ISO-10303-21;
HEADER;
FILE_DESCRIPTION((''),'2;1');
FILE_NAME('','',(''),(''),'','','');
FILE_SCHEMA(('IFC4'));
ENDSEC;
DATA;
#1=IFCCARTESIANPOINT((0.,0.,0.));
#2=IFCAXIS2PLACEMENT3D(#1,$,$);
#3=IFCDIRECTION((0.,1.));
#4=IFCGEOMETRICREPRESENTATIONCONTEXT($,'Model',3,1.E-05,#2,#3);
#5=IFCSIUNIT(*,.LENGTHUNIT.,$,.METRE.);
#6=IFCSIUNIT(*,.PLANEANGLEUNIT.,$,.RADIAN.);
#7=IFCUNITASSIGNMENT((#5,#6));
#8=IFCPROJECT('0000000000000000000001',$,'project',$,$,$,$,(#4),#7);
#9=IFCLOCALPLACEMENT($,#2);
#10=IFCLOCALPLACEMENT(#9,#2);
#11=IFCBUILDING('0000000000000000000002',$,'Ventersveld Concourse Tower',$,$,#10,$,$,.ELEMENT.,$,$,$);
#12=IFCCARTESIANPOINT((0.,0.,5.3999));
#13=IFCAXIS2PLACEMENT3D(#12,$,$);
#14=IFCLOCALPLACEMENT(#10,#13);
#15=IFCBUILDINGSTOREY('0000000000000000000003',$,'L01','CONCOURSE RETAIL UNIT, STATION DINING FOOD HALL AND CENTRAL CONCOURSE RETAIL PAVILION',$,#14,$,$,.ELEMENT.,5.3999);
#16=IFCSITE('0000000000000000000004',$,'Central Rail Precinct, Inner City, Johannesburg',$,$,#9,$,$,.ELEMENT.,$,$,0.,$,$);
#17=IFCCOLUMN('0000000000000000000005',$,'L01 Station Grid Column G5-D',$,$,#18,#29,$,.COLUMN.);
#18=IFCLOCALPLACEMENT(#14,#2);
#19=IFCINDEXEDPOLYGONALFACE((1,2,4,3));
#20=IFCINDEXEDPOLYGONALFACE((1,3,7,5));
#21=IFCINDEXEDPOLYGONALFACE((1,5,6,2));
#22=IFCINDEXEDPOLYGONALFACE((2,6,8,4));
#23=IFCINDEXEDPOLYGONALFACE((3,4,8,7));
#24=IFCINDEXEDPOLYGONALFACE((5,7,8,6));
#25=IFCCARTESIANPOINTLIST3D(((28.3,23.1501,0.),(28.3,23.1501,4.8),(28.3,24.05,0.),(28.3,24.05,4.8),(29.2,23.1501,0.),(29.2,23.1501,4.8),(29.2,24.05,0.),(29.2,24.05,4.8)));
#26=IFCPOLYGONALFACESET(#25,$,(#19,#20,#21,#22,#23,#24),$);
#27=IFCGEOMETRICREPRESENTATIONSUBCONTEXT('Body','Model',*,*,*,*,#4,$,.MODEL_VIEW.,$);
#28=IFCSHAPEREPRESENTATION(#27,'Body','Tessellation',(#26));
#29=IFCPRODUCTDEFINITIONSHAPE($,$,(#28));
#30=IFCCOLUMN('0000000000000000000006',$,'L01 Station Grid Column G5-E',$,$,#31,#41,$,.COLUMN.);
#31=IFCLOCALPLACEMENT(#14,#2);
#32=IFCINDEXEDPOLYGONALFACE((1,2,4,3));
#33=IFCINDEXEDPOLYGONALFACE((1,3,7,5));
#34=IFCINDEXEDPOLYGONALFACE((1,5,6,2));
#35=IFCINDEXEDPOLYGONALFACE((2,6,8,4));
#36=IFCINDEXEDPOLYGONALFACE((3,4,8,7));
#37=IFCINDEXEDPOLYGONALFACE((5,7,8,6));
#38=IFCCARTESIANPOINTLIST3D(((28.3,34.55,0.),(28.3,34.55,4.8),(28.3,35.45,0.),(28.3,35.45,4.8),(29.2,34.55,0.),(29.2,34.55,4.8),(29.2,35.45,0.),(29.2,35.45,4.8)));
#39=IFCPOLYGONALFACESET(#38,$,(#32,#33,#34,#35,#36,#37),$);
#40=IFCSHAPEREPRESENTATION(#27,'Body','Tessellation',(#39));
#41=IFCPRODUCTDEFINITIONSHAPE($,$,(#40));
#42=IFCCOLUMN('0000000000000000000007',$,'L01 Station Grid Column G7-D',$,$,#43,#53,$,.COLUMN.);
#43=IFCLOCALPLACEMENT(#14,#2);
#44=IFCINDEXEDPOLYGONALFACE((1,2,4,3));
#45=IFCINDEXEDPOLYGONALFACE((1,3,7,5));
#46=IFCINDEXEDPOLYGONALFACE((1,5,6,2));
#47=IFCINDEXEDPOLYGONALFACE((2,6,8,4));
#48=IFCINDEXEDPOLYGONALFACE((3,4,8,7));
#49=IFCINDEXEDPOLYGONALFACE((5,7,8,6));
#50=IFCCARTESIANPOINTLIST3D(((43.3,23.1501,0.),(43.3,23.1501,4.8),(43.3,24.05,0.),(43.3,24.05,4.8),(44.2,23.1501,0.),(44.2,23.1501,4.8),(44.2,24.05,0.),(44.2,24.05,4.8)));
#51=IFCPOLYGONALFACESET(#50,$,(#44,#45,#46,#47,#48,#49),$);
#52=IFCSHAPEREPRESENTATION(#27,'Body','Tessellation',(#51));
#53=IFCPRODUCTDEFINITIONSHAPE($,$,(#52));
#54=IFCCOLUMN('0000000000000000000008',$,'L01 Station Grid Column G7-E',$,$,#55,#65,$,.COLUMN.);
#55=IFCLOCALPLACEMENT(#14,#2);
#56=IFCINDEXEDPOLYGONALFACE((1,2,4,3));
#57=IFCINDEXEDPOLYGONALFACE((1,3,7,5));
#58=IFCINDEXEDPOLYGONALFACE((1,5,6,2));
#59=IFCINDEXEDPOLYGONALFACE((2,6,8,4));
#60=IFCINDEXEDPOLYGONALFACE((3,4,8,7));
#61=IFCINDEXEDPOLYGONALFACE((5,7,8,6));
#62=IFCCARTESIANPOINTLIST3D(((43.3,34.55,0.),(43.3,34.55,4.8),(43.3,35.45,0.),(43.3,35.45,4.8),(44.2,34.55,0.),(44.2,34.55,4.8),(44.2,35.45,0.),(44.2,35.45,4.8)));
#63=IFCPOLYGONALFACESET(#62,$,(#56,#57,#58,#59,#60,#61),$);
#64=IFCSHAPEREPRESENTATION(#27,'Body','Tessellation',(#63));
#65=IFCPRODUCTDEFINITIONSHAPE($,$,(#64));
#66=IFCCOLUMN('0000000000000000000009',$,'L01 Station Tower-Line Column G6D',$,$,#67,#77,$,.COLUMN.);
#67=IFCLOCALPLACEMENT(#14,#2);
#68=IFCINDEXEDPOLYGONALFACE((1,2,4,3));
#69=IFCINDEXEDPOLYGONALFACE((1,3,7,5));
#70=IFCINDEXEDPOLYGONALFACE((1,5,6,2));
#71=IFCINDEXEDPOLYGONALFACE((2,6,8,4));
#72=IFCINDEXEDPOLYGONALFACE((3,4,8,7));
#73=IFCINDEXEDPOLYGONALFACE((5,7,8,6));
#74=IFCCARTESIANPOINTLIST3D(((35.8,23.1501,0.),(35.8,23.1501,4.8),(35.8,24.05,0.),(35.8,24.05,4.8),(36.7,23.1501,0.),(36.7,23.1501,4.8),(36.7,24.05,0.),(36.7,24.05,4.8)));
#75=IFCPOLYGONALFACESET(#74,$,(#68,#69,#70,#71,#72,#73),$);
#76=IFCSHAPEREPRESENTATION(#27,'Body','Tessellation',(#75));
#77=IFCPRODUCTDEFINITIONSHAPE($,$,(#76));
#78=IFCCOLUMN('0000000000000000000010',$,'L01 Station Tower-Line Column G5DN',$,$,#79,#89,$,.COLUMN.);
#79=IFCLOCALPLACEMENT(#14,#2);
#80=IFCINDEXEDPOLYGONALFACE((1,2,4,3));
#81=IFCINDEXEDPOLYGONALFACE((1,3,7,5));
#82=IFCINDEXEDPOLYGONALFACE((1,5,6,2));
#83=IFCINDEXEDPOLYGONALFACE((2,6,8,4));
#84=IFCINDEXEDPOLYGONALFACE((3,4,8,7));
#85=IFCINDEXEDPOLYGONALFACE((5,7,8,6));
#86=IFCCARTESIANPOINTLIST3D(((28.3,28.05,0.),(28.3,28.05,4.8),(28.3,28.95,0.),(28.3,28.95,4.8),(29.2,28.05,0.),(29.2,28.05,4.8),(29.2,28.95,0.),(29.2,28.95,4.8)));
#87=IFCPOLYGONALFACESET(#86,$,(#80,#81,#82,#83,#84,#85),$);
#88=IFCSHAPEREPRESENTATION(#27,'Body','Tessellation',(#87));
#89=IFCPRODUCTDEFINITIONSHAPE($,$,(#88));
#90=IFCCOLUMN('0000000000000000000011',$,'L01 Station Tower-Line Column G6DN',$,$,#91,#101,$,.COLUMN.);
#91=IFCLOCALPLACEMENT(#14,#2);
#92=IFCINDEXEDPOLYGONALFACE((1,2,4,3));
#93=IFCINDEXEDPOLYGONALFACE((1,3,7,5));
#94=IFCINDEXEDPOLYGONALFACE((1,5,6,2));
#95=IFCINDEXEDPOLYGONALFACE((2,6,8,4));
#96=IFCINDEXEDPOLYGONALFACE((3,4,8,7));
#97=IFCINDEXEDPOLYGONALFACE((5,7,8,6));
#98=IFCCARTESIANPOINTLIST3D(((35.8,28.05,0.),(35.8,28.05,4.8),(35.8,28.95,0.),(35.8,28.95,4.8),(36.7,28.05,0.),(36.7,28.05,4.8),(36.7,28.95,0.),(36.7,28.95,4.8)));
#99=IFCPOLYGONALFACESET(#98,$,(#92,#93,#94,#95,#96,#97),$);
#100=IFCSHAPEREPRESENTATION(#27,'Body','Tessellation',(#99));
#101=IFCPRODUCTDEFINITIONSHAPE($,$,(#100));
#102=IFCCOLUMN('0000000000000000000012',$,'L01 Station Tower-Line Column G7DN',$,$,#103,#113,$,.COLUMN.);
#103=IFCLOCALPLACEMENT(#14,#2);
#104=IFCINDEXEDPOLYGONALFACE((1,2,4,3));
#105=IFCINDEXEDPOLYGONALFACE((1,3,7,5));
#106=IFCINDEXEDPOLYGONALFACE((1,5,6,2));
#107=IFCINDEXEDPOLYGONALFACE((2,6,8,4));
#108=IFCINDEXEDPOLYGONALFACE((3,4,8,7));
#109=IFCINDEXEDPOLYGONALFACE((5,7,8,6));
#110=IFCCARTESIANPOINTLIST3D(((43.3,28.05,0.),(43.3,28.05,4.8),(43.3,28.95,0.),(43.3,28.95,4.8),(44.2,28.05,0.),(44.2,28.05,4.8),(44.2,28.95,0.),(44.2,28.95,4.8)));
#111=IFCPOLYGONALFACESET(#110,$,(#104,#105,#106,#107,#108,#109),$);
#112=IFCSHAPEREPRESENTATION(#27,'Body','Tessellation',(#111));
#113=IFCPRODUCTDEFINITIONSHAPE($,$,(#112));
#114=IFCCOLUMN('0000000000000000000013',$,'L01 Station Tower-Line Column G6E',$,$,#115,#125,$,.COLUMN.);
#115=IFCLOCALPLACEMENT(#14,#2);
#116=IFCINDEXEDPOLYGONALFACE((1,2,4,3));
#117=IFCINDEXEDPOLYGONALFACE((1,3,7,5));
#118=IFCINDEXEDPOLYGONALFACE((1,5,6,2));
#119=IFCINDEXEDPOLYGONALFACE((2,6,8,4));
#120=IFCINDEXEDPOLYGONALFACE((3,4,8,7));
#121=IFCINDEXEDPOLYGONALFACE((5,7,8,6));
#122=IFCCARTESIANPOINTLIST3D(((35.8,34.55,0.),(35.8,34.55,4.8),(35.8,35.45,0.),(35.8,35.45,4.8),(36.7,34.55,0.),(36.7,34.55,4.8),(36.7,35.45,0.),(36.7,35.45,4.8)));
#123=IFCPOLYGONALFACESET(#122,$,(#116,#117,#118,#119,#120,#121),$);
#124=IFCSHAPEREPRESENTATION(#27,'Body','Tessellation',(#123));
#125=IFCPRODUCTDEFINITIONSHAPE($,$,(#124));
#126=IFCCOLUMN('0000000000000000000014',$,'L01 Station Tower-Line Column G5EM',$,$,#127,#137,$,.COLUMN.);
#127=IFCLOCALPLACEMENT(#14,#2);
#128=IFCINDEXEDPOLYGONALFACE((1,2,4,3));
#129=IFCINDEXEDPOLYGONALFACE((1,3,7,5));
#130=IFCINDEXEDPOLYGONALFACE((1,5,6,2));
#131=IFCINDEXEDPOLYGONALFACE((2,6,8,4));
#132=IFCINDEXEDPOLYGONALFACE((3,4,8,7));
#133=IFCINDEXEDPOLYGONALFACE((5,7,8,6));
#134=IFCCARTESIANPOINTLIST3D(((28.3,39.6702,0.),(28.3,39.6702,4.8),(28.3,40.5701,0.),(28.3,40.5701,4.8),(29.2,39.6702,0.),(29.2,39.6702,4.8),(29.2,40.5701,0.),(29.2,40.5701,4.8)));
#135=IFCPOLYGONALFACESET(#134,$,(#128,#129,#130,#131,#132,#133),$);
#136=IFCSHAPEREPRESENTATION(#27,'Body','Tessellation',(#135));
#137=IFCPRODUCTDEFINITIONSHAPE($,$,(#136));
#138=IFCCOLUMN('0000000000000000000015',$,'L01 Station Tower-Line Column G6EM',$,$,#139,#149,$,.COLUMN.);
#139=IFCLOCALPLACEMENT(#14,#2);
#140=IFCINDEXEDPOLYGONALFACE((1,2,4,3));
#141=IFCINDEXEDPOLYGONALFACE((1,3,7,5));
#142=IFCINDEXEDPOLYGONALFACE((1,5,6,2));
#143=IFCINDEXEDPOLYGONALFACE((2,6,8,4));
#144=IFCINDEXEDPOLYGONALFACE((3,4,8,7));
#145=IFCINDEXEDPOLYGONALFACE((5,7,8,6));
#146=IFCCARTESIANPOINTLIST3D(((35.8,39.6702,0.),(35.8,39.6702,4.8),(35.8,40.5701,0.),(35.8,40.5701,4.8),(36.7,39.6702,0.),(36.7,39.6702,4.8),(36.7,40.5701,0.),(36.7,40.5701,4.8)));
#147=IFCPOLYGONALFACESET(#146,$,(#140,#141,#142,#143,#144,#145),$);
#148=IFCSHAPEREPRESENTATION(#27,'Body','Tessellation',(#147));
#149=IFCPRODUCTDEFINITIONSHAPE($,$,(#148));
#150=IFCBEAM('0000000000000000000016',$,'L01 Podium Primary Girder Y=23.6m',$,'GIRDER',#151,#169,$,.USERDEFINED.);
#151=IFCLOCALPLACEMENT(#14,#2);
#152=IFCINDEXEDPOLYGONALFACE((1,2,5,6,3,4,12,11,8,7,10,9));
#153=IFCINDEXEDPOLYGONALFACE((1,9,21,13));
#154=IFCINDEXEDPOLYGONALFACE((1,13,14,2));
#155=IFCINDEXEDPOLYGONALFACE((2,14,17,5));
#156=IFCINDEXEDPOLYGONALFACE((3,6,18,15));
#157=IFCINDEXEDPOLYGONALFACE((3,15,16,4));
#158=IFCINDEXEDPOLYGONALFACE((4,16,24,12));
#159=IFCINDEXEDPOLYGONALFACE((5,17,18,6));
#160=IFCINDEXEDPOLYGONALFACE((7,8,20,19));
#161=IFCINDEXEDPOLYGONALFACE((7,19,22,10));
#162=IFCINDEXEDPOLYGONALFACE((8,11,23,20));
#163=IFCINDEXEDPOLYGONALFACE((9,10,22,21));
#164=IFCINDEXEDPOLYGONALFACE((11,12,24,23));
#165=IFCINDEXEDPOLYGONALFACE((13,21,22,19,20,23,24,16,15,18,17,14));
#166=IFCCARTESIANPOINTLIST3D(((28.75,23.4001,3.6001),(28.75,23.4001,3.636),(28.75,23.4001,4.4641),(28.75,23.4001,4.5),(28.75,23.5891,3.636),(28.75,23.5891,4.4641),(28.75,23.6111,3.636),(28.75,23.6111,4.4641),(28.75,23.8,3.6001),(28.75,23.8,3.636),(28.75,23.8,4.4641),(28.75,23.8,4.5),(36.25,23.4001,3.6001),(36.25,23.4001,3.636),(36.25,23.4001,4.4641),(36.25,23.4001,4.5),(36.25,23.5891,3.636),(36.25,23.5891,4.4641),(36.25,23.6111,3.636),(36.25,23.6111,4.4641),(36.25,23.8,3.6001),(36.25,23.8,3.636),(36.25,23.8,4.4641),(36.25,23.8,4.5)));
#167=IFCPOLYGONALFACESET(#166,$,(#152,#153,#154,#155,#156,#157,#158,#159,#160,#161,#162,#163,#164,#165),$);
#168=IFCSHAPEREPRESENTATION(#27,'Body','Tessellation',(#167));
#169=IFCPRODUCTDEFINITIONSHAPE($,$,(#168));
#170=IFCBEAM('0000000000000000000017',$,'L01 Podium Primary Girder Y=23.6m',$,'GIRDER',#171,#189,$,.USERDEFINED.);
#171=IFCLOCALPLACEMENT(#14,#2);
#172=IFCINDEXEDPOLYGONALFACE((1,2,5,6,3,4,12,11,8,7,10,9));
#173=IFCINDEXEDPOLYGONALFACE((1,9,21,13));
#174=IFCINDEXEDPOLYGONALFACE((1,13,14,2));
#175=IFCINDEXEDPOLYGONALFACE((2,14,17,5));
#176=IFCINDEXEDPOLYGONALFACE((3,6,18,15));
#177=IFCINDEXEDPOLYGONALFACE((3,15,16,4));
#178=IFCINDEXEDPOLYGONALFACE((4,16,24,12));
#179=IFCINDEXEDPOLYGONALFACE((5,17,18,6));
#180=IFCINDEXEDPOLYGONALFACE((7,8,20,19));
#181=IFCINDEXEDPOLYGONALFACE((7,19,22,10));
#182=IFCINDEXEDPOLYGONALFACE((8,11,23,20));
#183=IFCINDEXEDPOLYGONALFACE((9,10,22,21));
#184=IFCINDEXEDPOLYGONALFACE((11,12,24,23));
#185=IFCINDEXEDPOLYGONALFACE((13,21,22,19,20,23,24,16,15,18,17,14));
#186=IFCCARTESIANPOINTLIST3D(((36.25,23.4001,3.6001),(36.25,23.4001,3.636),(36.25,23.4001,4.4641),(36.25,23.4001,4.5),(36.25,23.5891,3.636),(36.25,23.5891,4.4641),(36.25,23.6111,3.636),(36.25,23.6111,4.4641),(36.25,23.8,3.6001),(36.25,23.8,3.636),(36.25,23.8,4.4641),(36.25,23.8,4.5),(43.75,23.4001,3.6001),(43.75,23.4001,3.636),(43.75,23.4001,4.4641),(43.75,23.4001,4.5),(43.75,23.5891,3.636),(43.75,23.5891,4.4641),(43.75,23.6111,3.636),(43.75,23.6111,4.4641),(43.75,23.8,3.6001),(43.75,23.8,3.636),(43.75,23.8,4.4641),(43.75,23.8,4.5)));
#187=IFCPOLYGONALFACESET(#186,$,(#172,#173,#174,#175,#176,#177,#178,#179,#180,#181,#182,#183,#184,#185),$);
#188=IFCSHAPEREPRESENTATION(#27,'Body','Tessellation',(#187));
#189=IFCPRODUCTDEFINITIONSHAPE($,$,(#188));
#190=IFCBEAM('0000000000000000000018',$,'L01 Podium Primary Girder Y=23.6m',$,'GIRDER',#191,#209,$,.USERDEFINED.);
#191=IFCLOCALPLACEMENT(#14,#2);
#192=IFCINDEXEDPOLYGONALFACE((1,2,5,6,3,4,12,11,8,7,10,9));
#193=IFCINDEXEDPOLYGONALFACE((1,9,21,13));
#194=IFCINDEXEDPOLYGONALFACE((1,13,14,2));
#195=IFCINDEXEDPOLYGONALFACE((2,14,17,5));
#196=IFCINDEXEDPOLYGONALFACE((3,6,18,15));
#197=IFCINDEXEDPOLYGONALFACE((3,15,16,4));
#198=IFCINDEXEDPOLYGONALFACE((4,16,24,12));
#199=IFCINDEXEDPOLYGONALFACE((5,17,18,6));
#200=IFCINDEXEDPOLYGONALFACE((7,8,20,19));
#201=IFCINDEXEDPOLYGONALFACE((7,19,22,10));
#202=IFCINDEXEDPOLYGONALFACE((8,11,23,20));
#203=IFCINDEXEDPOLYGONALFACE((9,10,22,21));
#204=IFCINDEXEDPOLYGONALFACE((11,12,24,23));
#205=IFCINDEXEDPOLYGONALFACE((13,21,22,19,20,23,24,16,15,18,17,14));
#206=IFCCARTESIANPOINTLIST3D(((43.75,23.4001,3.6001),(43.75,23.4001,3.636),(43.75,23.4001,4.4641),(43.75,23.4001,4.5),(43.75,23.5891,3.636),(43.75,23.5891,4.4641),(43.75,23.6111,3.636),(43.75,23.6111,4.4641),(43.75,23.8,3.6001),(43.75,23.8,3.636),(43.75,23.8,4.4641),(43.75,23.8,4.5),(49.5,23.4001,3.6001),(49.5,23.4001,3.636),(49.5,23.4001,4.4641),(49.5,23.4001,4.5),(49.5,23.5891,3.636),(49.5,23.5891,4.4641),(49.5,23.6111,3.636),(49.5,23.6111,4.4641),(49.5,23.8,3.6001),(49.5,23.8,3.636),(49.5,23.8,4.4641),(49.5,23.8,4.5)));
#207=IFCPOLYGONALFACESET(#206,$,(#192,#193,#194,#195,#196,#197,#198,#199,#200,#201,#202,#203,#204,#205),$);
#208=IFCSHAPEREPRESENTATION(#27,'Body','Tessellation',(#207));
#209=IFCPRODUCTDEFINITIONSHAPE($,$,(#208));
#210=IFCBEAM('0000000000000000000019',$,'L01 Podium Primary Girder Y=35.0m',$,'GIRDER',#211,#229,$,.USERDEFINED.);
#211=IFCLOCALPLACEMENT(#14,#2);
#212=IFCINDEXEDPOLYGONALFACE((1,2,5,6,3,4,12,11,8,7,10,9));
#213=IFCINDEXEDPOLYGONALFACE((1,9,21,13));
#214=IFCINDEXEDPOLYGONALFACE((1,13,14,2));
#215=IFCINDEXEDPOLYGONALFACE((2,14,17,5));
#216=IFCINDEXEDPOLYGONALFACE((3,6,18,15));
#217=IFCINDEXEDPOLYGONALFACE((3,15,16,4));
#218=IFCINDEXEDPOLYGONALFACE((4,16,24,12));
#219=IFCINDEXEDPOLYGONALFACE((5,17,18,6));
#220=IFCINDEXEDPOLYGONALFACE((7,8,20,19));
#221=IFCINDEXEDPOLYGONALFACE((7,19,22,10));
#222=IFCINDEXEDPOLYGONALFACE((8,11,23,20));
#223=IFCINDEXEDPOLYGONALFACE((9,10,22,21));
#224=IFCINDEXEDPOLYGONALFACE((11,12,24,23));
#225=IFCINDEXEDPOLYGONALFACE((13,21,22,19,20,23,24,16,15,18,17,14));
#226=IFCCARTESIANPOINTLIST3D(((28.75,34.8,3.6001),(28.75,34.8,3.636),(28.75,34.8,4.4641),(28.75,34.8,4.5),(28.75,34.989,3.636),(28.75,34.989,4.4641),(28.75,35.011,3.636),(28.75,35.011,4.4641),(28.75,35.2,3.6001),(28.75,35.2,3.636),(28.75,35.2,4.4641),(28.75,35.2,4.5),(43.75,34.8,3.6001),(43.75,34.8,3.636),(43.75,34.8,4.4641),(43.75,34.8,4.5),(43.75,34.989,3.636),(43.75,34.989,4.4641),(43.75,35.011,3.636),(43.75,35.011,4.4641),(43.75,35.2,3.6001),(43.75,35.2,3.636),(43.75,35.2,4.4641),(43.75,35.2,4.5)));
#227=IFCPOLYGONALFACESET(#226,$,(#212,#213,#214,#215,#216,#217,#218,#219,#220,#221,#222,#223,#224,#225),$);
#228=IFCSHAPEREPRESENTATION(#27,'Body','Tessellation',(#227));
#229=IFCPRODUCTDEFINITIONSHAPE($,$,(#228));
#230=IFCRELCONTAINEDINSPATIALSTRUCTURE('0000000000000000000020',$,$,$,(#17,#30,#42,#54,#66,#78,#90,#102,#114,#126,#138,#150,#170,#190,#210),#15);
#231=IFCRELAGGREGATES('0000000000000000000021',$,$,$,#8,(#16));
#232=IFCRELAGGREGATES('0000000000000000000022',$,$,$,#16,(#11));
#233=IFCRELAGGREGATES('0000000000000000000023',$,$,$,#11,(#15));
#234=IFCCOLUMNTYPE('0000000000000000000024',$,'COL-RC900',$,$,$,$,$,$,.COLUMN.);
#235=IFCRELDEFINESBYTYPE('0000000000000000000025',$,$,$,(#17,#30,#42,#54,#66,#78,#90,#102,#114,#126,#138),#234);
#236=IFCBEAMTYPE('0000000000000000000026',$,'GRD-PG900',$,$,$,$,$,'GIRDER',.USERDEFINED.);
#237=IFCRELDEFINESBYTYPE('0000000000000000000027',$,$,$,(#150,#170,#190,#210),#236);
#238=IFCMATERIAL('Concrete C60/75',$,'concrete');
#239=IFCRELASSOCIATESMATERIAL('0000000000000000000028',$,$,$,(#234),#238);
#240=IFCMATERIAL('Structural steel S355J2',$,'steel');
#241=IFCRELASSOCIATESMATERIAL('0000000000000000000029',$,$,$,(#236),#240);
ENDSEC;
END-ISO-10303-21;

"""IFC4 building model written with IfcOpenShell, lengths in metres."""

from ifc_helpers import new_model, si_unit, direction, frame, origin, origin_2d, place, context, subcontext, project, spatial, rectangle, i_section, extrude, material, material_profile, profile_set, type_object, element, save


model = new_model("IFC4")

# Units and contexts
model_context = context("Model", 3, precision=1e-05, world=origin(), true_north=direction((0.0, 1.0)))
body_context = subcontext(model_context, "Body", "Model", "MODEL_VIEW")
ifc_project = project(units=[si_unit("LENGTHUNIT", "METRE"), si_unit("PLANEANGLEUNIT", "RADIAN")], contexts=[model_context])

# Site, building, storey
site_placement = place(None, origin())
site = spatial("IfcSite", under=ifc_project, at=site_placement, Name="Central Rail Precinct, Inner City, Johannesburg", CompositionType="ELEMENT", RefElevation=0.0)
building_placement = place(site_placement, origin())
building = spatial("IfcBuilding", under=site, at=building_placement, Name="Ventersveld Concourse Tower", CompositionType="ELEMENT")
storey_placement = place(building_placement, frame((0.0, 0.0, 5.3999)))
storey = spatial("IfcBuildingStorey", under=building, at=storey_placement, Name="L01", Description="CONCOURSE RETAIL UNIT, STATION DINING FOOD HALL AND CENTRAL CONCOURSE RETAIL PAVILION", CompositionType="ELEMENT", Elevation=5.3999)

# Columns
ifc_material_1 = material(Name="Concrete C60/75", Category="concrete")
ifc_material_profile_1 = material_profile(ifc_material_1, rectangle(XDim=0.8999, YDim=0.8999, at=origin_2d()), Name="RC 900x900")
ifc_profile_set_1 = profile_set([ifc_material_profile_1], Name="Concrete C60/75")
column_type = type_object("IfcColumnType", Name="COL-RC900", PredefinedType="COLUMN", material=ifc_profile_set_1)
for number, where, z_axis, x_axis, name in (
    (1, (28.75, 23.6001, 0.0), (0.0, 0.0, 1.0), (1.0, 0.0, 0.0), "L01 Station Grid Column G5-D"),
    (2, (28.75, 35.0, 0.0), (0.0, 0.0, 1.0), (1.0, 0.0, 0.0), "L01 Station Grid Column G5-E"),
    (3, (43.75, 23.6001, 0.0), (0.0, 0.0, 1.0), (1.0, 0.0, 0.0), "L01 Station Grid Column G7-D"),
    (4, (43.75, 35.0, 0.0), (0.0, 0.0, 1.0), (1.0, 0.0, 0.0), "L01 Station Grid Column G7-E"),
    (5, (36.25, 23.6001, 0.0), (0.0, 0.0, 1.0), (1.0, 0.0, 0.0), "L01 Station Tower-Line Column G6D"),
    (6, (28.75, 28.5, 0.0), (0.0, 0.0, 1.0), (1.0, 0.0, 0.0), "L01 Station Tower-Line Column G5DN"),
    (7, (36.25, 28.5, 0.0), (0.0, 0.0, 1.0), (1.0, 0.0, 0.0), "L01 Station Tower-Line Column G6DN"),
    (8, (43.75, 28.5, 0.0), (0.0, 0.0, 1.0), (1.0, 0.0, 0.0), "L01 Station Tower-Line Column G7DN"),
    (9, (36.25, 35.0, 0.0), (0.0, 0.0, 1.0), (1.0, 0.0, 0.0), "L01 Station Tower-Line Column G6E"),
    (10, (28.75, 40.1201, 0.0), (0.0, 0.0, 1.0), (1.0, 0.0, 0.0), "L01 Station Tower-Line Column G5EM"),
    (11, (36.25, 40.1201, 0.0), (0.0, 0.0, 1.0), (1.0, 0.0, 0.0), "L01 Station Tower-Line Column G6EM"),
):
    element("IfcColumn", number, at=place(storey_placement, frame(where, z_axis=z_axis, x_axis=x_axis)), inside=storey, type_object=column_type, Name=name, PredefinedType="COLUMN", context=body_context, shape_type="SweptSolid", body=[
        extrude(rectangle(XDim=0.8999, YDim=0.8999, at=origin_2d()), origin(), (0.0, 0.0, 1.0), 4.8),
    ])

# Beams
ifc_material_2 = material(Name="Structural steel S355J2", Category="steel")
ifc_material_profile_2 = material_profile(ifc_material_2, i_section(OverallWidth=0.3999, OverallDepth=0.8999, WebThickness=0.022, FlangeThickness=0.0359, at=origin_2d()), Name="PG 900x400x36")
ifc_profile_set_2 = profile_set([ifc_material_profile_2], Name="Structural steel S355J2")
beam_type_1 = type_object("IfcBeamType", Name="GRD-PG900", ElementType="GIRDER", PredefinedType="USERDEFINED", material=ifc_profile_set_2)
for number, where, z_axis, x_axis, name in (
    (12, (28.75, 23.6001, 4.05), (1.0, 0.0, 0.0), (0.0, 1.0, 0.0), "L01 Podium Primary Girder Y=23.6m"),
    (13, (36.25, 23.6001, 4.05), (1.0, 0.0, 0.0), (0.0, 1.0, 0.0), "L01 Podium Primary Girder Y=23.6m"),
):
    element("IfcBeam", number, at=place(storey_placement, frame(where, z_axis=z_axis, x_axis=x_axis)), inside=storey, type_object=beam_type_1, Name=name, ObjectType="GIRDER", PredefinedType="USERDEFINED", context=body_context, shape_type="SweptSolid", body=[
        extrude(i_section(OverallWidth=0.3999, OverallDepth=0.8999, WebThickness=0.022, FlangeThickness=0.0359, at=origin_2d()), origin(), (0.0, 0.0, 1.0), 7.5),
    ])
beam_1_placement = place(storey_placement, frame((43.75, 23.6001, 4.05), z_axis=(1.0, 0.0, 0.0), x_axis=(0.0, 1.0, 0.0)))
element("IfcBeam", 14, at=beam_1_placement, inside=storey, type_object=beam_type_1, Name="L01 Podium Primary Girder Y=23.6m", ObjectType="GIRDER", PredefinedType="USERDEFINED", context=body_context, shape_type="SweptSolid", body=[
    extrude(i_section(OverallWidth=0.3999, OverallDepth=0.8999, WebThickness=0.022, FlangeThickness=0.0359, at=origin_2d()), origin(), (0.0, 0.0, 1.0), 5.75),
])
beam_2_placement = place(storey_placement, frame((28.75, 35.0, 4.05), z_axis=(1.0, 0.0, 0.0), x_axis=(0.0, 1.0, 0.0)))
element("IfcBeam", 15, at=beam_2_placement, inside=storey, type_object=beam_type_1, Name="L01 Podium Primary Girder Y=35.0m", ObjectType="GIRDER", PredefinedType="USERDEFINED", context=body_context, shape_type="SweptSolid", body=[
    extrude(i_section(OverallWidth=0.3999, OverallDepth=0.8999, WebThickness=0.022, FlangeThickness=0.0359, at=origin_2d()), origin(), (0.0, 0.0, 1.0), 15.0),
])

save(model, "model.ifc")
